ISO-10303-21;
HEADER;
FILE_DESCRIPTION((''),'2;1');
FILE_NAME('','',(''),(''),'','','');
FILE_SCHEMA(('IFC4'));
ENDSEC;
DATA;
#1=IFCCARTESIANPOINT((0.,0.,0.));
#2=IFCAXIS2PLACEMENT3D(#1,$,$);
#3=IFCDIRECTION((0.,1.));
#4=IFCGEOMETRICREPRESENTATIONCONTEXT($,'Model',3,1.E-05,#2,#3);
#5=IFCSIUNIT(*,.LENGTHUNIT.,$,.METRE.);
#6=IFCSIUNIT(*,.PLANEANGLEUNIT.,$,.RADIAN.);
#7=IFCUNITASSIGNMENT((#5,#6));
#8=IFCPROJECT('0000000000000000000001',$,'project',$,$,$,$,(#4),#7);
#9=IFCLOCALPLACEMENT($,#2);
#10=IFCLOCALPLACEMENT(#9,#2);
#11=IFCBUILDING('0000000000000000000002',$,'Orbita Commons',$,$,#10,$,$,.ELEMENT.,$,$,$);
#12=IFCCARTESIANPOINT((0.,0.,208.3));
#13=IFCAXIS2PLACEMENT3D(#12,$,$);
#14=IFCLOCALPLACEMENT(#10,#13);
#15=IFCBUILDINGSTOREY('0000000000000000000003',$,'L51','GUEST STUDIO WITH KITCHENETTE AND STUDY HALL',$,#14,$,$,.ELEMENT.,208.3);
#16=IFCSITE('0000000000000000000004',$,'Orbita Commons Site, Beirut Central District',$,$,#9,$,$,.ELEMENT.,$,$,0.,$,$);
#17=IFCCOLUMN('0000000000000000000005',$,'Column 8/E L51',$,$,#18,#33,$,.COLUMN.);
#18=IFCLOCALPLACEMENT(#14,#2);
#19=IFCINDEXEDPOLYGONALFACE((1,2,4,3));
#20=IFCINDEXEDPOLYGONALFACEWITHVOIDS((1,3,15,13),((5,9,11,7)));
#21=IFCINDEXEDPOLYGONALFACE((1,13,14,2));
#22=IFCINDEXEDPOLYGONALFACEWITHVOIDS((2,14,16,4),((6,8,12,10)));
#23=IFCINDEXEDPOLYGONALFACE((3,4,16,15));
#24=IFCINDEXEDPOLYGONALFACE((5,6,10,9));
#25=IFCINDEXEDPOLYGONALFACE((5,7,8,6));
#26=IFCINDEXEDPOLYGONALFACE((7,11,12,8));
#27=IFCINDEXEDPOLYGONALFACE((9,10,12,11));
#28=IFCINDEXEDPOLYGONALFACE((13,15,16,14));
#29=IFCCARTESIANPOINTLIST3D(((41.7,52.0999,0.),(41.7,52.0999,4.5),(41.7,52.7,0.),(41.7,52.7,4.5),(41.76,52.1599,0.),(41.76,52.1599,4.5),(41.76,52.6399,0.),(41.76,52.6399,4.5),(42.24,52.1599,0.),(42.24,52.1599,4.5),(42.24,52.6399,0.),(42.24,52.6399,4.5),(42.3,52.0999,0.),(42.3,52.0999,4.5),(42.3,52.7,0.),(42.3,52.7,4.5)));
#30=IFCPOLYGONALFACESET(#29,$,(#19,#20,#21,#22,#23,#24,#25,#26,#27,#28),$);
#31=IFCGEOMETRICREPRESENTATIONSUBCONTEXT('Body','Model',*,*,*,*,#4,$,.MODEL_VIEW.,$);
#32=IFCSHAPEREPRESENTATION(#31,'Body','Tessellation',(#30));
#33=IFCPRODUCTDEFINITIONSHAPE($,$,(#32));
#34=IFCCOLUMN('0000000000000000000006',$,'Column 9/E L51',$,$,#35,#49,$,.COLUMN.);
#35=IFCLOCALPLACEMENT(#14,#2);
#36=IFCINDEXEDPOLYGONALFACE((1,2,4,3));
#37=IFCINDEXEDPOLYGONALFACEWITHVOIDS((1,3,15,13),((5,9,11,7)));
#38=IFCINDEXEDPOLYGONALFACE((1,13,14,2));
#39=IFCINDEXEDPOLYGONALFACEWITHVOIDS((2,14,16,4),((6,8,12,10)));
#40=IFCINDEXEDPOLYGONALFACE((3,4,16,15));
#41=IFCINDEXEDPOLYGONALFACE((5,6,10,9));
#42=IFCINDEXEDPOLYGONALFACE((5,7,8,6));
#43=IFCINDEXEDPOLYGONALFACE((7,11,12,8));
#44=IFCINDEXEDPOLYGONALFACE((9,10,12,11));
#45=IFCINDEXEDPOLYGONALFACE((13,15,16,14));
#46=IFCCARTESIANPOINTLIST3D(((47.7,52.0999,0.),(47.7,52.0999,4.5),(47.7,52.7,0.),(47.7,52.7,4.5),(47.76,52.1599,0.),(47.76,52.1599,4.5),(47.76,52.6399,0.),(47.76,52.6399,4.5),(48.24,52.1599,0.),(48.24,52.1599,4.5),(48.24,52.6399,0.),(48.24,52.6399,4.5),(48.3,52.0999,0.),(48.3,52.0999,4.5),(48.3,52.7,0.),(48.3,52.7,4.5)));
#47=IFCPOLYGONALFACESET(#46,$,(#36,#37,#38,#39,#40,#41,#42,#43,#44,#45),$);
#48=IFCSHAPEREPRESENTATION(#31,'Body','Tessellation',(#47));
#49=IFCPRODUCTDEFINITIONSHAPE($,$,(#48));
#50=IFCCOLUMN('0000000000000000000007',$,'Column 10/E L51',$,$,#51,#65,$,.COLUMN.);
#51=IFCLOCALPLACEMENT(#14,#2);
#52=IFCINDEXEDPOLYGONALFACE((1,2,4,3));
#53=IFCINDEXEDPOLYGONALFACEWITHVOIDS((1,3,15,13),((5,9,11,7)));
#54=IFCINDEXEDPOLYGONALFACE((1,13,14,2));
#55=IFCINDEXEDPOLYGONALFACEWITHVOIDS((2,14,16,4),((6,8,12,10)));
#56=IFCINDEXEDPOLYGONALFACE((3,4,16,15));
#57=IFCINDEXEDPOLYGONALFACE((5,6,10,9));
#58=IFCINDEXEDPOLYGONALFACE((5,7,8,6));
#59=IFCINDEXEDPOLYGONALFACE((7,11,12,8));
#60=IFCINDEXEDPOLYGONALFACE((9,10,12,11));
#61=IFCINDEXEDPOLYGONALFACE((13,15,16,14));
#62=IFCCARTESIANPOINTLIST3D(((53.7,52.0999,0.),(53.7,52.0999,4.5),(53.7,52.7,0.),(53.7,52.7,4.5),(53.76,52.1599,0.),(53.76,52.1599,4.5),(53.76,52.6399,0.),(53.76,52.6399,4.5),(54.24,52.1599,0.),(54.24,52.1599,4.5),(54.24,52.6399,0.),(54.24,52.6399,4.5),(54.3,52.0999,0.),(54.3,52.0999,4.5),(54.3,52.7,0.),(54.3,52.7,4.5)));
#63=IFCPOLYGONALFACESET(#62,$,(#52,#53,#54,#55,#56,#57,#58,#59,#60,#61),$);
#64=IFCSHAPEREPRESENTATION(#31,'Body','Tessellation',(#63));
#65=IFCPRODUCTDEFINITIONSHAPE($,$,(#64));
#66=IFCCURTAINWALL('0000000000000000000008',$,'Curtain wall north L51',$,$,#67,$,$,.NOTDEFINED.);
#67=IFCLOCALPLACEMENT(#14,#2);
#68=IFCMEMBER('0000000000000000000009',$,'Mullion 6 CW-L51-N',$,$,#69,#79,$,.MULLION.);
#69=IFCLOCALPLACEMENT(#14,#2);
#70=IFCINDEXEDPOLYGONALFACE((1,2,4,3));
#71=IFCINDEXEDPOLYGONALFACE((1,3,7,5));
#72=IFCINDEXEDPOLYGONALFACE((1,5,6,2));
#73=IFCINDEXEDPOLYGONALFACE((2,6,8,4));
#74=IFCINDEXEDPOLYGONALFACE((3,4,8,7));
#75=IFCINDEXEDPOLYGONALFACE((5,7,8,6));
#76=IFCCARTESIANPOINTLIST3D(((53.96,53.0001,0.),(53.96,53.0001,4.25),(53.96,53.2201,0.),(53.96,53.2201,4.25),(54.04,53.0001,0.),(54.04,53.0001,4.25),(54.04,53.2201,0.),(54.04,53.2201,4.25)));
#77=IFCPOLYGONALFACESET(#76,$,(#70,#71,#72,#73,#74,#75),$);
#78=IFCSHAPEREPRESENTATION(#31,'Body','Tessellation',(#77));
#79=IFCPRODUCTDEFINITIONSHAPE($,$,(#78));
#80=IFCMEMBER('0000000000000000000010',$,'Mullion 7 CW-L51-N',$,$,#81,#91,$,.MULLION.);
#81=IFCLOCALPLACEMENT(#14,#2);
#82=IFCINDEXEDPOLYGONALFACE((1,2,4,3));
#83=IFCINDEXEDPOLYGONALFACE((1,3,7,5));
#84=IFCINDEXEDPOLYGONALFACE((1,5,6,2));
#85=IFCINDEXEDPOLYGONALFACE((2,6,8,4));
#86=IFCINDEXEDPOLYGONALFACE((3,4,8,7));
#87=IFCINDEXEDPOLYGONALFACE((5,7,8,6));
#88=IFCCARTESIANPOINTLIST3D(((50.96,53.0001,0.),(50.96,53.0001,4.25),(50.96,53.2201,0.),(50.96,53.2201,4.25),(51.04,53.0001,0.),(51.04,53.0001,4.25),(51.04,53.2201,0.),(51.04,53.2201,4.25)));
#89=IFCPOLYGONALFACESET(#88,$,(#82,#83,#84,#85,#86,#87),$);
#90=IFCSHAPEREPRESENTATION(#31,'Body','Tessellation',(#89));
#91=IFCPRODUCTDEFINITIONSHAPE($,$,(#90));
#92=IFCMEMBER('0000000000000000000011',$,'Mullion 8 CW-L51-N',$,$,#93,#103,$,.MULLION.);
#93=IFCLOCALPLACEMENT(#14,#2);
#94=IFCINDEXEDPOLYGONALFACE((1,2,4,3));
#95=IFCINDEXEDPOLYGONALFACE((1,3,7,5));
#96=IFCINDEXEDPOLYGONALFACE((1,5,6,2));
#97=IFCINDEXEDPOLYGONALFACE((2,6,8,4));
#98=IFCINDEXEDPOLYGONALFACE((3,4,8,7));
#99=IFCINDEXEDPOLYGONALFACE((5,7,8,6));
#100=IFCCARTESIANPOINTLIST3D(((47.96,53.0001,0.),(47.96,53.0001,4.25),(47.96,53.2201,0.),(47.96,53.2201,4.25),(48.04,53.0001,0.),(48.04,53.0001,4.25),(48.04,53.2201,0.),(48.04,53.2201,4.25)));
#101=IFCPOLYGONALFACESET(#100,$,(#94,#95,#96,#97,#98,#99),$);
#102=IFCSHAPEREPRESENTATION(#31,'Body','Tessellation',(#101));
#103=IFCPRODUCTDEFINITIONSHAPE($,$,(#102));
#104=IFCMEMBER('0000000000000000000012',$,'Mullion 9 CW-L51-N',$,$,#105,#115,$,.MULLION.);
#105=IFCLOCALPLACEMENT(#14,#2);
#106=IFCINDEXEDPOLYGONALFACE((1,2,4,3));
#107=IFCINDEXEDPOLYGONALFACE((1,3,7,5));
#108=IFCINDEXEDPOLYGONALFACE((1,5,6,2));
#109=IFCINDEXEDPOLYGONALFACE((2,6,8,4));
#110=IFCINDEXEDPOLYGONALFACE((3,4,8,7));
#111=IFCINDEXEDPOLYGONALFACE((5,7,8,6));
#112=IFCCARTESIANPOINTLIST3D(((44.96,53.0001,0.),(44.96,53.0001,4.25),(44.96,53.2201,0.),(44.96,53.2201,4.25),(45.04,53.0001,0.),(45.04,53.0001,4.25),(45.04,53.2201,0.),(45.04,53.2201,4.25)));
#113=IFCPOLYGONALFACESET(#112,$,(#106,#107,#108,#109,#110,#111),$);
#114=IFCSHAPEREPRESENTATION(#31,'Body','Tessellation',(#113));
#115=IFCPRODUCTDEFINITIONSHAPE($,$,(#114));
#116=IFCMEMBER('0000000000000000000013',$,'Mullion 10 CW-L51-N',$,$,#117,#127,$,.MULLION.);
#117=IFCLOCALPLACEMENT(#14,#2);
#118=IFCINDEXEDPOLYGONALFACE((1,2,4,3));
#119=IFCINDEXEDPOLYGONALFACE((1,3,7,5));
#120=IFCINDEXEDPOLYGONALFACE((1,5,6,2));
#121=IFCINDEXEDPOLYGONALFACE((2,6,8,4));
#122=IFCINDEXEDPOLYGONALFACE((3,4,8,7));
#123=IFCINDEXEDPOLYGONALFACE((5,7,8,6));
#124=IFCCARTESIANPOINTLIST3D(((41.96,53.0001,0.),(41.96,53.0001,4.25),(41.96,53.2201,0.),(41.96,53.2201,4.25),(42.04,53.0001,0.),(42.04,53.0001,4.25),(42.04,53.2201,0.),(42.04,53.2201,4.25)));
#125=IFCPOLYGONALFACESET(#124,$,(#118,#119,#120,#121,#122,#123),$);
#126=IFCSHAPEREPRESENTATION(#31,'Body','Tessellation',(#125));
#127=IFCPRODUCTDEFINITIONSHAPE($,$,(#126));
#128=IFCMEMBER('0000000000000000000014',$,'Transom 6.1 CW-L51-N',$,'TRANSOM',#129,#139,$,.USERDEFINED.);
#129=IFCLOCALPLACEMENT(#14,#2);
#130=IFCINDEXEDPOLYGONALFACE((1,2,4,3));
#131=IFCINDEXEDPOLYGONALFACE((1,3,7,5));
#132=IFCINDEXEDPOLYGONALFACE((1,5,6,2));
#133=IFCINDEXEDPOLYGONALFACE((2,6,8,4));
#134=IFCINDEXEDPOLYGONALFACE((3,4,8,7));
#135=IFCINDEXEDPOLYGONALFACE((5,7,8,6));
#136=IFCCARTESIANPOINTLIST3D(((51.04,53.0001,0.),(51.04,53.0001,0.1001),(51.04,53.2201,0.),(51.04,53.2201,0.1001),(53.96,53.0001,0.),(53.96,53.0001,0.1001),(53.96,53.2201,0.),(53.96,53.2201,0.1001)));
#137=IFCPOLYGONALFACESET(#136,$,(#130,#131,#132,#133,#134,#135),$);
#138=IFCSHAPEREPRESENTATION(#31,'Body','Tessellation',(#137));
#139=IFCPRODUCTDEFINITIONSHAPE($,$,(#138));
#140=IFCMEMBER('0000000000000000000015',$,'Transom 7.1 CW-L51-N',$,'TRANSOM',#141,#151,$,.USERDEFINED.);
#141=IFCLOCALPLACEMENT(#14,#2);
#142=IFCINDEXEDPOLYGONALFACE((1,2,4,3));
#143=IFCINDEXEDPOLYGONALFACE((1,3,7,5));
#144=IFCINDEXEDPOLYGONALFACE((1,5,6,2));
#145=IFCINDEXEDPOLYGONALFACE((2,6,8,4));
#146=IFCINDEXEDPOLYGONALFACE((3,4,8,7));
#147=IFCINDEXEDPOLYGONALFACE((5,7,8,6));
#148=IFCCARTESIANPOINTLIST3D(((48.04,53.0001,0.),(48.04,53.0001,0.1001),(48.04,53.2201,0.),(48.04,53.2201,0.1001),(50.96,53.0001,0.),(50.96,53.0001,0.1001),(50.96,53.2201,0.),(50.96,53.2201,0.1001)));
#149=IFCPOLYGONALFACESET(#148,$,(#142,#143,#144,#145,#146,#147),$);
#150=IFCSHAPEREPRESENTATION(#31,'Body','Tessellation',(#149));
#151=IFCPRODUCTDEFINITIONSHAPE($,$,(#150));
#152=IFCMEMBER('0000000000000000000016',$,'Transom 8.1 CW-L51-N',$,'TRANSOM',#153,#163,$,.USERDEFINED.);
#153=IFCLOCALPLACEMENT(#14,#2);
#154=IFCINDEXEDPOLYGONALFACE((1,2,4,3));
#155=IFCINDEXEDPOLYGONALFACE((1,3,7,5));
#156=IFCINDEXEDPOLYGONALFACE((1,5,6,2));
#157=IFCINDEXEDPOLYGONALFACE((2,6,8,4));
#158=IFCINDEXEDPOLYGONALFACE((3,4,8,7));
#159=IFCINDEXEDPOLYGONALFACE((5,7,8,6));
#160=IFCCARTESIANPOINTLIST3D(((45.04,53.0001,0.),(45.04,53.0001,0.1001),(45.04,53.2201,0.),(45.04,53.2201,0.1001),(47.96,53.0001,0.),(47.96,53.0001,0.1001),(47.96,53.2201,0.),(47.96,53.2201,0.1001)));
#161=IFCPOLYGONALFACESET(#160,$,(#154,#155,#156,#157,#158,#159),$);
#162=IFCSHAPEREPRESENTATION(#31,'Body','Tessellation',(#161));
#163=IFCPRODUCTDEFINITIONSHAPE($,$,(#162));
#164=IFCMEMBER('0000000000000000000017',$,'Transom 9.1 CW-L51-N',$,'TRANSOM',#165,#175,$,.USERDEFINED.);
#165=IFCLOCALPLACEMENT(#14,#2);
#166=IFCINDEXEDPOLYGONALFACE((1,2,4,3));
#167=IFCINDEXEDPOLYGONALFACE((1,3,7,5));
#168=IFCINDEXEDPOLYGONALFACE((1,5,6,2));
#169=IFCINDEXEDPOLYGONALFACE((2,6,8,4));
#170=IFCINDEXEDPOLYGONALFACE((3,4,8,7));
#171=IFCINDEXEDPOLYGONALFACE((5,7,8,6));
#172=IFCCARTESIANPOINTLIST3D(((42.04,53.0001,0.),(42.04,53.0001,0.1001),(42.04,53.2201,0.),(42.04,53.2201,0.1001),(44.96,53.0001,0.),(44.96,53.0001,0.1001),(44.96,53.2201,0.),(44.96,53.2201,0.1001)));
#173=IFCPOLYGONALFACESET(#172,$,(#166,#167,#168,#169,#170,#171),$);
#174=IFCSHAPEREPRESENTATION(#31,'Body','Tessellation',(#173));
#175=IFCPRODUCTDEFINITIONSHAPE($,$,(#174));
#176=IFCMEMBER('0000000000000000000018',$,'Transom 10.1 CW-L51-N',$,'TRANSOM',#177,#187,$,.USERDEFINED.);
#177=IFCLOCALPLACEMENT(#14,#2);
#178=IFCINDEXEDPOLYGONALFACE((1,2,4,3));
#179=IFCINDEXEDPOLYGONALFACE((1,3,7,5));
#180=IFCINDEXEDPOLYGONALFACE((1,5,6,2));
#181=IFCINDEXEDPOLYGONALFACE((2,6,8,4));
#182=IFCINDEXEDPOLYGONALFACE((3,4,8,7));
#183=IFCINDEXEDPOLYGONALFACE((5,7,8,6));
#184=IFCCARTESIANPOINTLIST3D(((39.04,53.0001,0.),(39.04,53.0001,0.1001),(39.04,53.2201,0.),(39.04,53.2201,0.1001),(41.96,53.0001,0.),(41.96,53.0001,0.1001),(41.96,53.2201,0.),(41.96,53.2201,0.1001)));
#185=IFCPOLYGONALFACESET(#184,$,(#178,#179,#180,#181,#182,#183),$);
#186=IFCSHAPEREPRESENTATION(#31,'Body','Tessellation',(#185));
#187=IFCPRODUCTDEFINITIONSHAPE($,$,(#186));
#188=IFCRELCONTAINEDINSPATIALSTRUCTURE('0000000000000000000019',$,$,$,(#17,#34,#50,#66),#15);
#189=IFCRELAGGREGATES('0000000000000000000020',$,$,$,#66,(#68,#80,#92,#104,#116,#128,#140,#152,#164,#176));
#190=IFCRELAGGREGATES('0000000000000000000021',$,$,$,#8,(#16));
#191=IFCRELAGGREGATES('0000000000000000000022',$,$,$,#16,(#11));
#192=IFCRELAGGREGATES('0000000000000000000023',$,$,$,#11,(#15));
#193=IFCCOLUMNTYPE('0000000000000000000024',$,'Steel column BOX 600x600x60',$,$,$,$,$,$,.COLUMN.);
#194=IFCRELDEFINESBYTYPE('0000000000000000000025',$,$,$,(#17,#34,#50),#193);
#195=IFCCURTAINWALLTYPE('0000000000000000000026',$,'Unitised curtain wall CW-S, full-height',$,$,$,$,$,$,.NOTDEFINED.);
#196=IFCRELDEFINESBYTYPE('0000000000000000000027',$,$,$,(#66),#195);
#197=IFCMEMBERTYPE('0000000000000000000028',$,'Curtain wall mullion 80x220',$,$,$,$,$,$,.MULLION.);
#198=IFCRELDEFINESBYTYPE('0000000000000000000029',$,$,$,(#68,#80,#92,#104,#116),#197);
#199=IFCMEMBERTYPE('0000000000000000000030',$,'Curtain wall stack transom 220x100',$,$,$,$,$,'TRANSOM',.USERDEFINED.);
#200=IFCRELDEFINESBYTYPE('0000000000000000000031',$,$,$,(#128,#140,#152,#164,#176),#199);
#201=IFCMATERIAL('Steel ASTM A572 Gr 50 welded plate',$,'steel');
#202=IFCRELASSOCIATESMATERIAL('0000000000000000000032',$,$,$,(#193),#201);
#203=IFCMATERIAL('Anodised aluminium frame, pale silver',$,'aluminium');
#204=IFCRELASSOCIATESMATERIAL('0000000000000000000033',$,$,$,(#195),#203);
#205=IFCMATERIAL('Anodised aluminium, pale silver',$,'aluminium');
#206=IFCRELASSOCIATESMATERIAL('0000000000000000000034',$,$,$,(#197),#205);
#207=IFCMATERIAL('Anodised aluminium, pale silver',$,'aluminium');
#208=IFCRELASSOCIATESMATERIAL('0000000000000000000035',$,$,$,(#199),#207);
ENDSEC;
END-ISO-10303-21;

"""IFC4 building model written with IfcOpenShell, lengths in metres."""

from ifc_helpers import new_model, si_unit, direction, frame, origin, origin_2d, place, context, subcontext, project, spatial, rectangle, hollow_rectangle, extrude, material, material_profile, profile_set, type_object, element, aggregate, save


model = new_model("IFC4")

# Units and contexts
model_context = context("Model", 3, precision=1e-05, world=origin(), true_north=direction((0.0, 1.0)))
body_context = subcontext(model_context, "Body", "Model", "MODEL_VIEW")
ifc_project = project(units=[si_unit("LENGTHUNIT", "METRE"), si_unit("PLANEANGLEUNIT", "RADIAN")], contexts=[model_context])

# Site, building, storey
site_placement = place(None, origin())
site = spatial("IfcSite", under=ifc_project, at=site_placement, Name="Orbita Commons Site, Beirut Central District", CompositionType="ELEMENT", RefElevation=0.0)
building_placement = place(site_placement, origin())
building = spatial("IfcBuilding", under=site, at=building_placement, Name="Orbita Commons", CompositionType="ELEMENT")
storey_placement = place(building_placement, frame((0.0, 0.0, 208.3)))
storey = spatial("IfcBuildingStorey", under=building, at=storey_placement, Name="L51", Description="GUEST STUDIO WITH KITCHENETTE AND STUDY HALL", CompositionType="ELEMENT", Elevation=208.3)

# Columns
ifc_material_1 = material(Name="Steel ASTM A572 Gr 50 welded plate", Category="steel")
ifc_material_profile_1 = material_profile(ifc_material_1, hollow_rectangle(XDim=0.6001, YDim=0.6001, WallThickness=0.0601, at=origin_2d()), Name="BOX 600x600x60")
ifc_profile_set_1 = profile_set([ifc_material_profile_1], Name="Steel ASTM A572 Gr 50 welded plate")
column_type = type_object("IfcColumnType", Name="Steel column BOX 600x600x60", PredefinedType="COLUMN", material=ifc_profile_set_1)
for number, where, z_axis, x_axis, name in (
    (1, (42.0, 52.3999, 0.0), (0.0, 0.0, 1.0), (1.0, 0.0, 0.0), "Column 8/E L51"),
    (2, (48.0, 52.3999, 0.0), (0.0, 0.0, 1.0), (1.0, 0.0, 0.0), "Column 9/E L51"),
    (3, (54.0, 52.3999, 0.0), (0.0, 0.0, 1.0), (1.0, 0.0, 0.0), "Column 10/E L51"),
):
    element("IfcColumn", number, at=place(storey_placement, frame(where, z_axis=z_axis, x_axis=x_axis)), inside=storey, type_object=column_type, Name=name, PredefinedType="COLUMN", context=body_context, shape_type="SweptSolid", body=[
        extrude(hollow_rectangle(XDim=0.6001, YDim=0.6001, WallThickness=0.0601, at=origin_2d()), origin(), (0.0, 0.0, 1.0), 4.5),
    ])

# Curtain wall, members
ifc_material_2 = material(Name="Anodised aluminium frame, pale silver", Category="aluminium")
curtain_wall_type = type_object("IfcCurtainWallType", Name="Unitised curtain wall CW-S, full-height", PredefinedType="NOTDEFINED", material=ifc_material_2)
curtain_wall_placement = place(storey_placement, origin())
curtain_wall = element("IfcCurtainWall", 4, at=curtain_wall_placement, inside=storey, type_object=curtain_wall_type, Name="Curtain wall north L51", PredefinedType="NOTDEFINED")
ifc_material_3 = material(Name="Anodised aluminium, pale silver", Category="aluminium")
ifc_material_profile_2 = material_profile(ifc_material_3, rectangle(XDim=0.0801, YDim=0.22, at=origin_2d()), Name="AL 80x220")
ifc_profile_set_2 = profile_set([ifc_material_profile_2], Name="Anodised aluminium, pale silver")
member_type_1 = type_object("IfcMemberType", Name="Curtain wall mullion 80x220", PredefinedType="MULLION", material=ifc_profile_set_2)
member_1_placement = place(storey_placement, frame((54.0, 53.1101, 0.0), z_axis=(0.0, 0.0, 1.0), x_axis=(-1.0, 0.0, 0.0)))
member_1 = element("IfcMember", 5, at=member_1_placement, type_object=member_type_1, Name="Mullion 6 CW-L51-N", PredefinedType="MULLION", context=body_context, shape_type="SweptSolid", body=[
    extrude(rectangle(XDim=0.0801, YDim=0.22, at=origin_2d()), origin(), (0.0, 0.0, 1.0), 4.25),
])
member_2_placement = place(storey_placement, frame((51.0, 53.1101, 0.0), z_axis=(0.0, 0.0, 1.0), x_axis=(-1.0, 0.0, 0.0)))
member_2 = element("IfcMember", 6, at=member_2_placement, type_object=member_type_1, Name="Mullion 7 CW-L51-N", PredefinedType="MULLION", context=body_context, shape_type="SweptSolid", body=[
    extrude(rectangle(XDim=0.0801, YDim=0.22, at=origin_2d()), origin(), (0.0, 0.0, 1.0), 4.25),
])
member_3_placement = place(storey_placement, frame((48.0, 53.1101, 0.0), z_axis=(0.0, 0.0, 1.0), x_axis=(-1.0, 0.0, 0.0)))
member_3 = element("IfcMember", 7, at=member_3_placement, type_object=member_type_1, Name="Mullion 8 CW-L51-N", PredefinedType="MULLION", context=body_context, shape_type="SweptSolid", body=[
    extrude(rectangle(XDim=0.0801, YDim=0.22, at=origin_2d()), origin(), (0.0, 0.0, 1.0), 4.25),
])
member_4_placement = place(storey_placement, frame((45.0, 53.1101, 0.0), z_axis=(0.0, 0.0, 1.0), x_axis=(-1.0, 0.0, 0.0)))
member_4 = element("IfcMember", 8, at=member_4_placement, type_object=member_type_1, Name="Mullion 9 CW-L51-N", PredefinedType="MULLION", context=body_context, shape_type="SweptSolid", body=[
    extrude(rectangle(XDim=0.0801, YDim=0.22, at=origin_2d()), origin(), (0.0, 0.0, 1.0), 4.25),
])
member_5_placement = place(storey_placement, frame((42.0, 53.1101, 0.0), z_axis=(0.0, 0.0, 1.0), x_axis=(-1.0, 0.0, 0.0)))
member_5 = element("IfcMember", 9, at=member_5_placement, type_object=member_type_1, Name="Mullion 10 CW-L51-N", PredefinedType="MULLION", context=body_context, shape_type="SweptSolid", body=[
    extrude(rectangle(XDim=0.0801, YDim=0.22, at=origin_2d()), origin(), (0.0, 0.0, 1.0), 4.25),
])
ifc_material_4 = material(Name="Anodised aluminium, pale silver", Category="aluminium")
ifc_material_profile_3 = material_profile(ifc_material_4, rectangle(XDim=0.22, YDim=0.1001, at=origin_2d()), Name="AL 220x100")
ifc_profile_set_3 = profile_set([ifc_material_profile_3], Name="Anodised aluminium, pale silver")
member_type_2 = type_object("IfcMemberType", Name="Curtain wall stack transom 220x100", ElementType="TRANSOM", PredefinedType="USERDEFINED", material=ifc_profile_set_3)
member_6_placement = place(storey_placement, frame((53.96, 53.1101, 0.05), z_axis=(-1.0, 0.0, 0.0), x_axis=(0.0, -1.0, 0.0)))
member_6 = element("IfcMember", 10, at=member_6_placement, type_object=member_type_2, Name="Transom 6.1 CW-L51-N", ObjectType="TRANSOM", PredefinedType="USERDEFINED", context=body_context, shape_type="SweptSolid", body=[
    extrude(rectangle(XDim=0.22, YDim=0.1001, at=origin_2d()), origin(), (0.0, 0.0, 1.0), 2.9199),
])
member_7_placement = place(storey_placement, frame((50.96, 53.1101, 0.05), z_axis=(-1.0, 0.0, 0.0), x_axis=(0.0, -1.0, 0.0)))
member_7 = element("IfcMember", 11, at=member_7_placement, type_object=member_type_2, Name="Transom 7.1 CW-L51-N", ObjectType="TRANSOM", PredefinedType="USERDEFINED", context=body_context, shape_type="SweptSolid", body=[
    extrude(rectangle(XDim=0.22, YDim=0.1001, at=origin_2d()), origin(), (0.0, 0.0, 1.0), 2.9199),
])
member_8_placement = place(storey_placement, frame((47.96, 53.1101, 0.05), z_axis=(-1.0, 0.0, 0.0), x_axis=(0.0, -1.0, 0.0)))
member_8 = element("IfcMember", 12, at=member_8_placement, type_object=member_type_2, Name="Transom 8.1 CW-L51-N", ObjectType="TRANSOM", PredefinedType="USERDEFINED", context=body_context, shape_type="SweptSolid", body=[
    extrude(rectangle(XDim=0.22, YDim=0.1001, at=origin_2d()), origin(), (0.0, 0.0, 1.0), 2.9199),
])
member_9_placement = place(storey_placement, frame((44.96, 53.1101, 0.05), z_axis=(-1.0, 0.0, 0.0), x_axis=(0.0, -1.0, 0.0)))
member_9 = element("IfcMember", 13, at=member_9_placement, type_object=member_type_2, Name="Transom 9.1 CW-L51-N", ObjectType="TRANSOM", PredefinedType="USERDEFINED", context=body_context, shape_type="SweptSolid", body=[
    extrude(rectangle(XDim=0.22, YDim=0.1001, at=origin_2d()), origin(), (0.0, 0.0, 1.0), 2.9199),
])
member_10_placement = place(storey_placement, frame((41.96, 53.1101, 0.05), z_axis=(-1.0, 0.0, 0.0), x_axis=(0.0, -1.0, 0.0)))
member_10 = element("IfcMember", 14, at=member_10_placement, type_object=member_type_2, Name="Transom 10.1 CW-L51-N", ObjectType="TRANSOM", PredefinedType="USERDEFINED", context=body_context, shape_type="SweptSolid", body=[
    extrude(rectangle(XDim=0.22, YDim=0.1001, at=origin_2d()), origin(), (0.0, 0.0, 1.0), 2.9199),
])

aggregate(curtain_wall, [member_1, member_2, member_3, member_4, member_5, member_6, member_7, member_8, member_9, member_10])

save(model, "model.ifc")
